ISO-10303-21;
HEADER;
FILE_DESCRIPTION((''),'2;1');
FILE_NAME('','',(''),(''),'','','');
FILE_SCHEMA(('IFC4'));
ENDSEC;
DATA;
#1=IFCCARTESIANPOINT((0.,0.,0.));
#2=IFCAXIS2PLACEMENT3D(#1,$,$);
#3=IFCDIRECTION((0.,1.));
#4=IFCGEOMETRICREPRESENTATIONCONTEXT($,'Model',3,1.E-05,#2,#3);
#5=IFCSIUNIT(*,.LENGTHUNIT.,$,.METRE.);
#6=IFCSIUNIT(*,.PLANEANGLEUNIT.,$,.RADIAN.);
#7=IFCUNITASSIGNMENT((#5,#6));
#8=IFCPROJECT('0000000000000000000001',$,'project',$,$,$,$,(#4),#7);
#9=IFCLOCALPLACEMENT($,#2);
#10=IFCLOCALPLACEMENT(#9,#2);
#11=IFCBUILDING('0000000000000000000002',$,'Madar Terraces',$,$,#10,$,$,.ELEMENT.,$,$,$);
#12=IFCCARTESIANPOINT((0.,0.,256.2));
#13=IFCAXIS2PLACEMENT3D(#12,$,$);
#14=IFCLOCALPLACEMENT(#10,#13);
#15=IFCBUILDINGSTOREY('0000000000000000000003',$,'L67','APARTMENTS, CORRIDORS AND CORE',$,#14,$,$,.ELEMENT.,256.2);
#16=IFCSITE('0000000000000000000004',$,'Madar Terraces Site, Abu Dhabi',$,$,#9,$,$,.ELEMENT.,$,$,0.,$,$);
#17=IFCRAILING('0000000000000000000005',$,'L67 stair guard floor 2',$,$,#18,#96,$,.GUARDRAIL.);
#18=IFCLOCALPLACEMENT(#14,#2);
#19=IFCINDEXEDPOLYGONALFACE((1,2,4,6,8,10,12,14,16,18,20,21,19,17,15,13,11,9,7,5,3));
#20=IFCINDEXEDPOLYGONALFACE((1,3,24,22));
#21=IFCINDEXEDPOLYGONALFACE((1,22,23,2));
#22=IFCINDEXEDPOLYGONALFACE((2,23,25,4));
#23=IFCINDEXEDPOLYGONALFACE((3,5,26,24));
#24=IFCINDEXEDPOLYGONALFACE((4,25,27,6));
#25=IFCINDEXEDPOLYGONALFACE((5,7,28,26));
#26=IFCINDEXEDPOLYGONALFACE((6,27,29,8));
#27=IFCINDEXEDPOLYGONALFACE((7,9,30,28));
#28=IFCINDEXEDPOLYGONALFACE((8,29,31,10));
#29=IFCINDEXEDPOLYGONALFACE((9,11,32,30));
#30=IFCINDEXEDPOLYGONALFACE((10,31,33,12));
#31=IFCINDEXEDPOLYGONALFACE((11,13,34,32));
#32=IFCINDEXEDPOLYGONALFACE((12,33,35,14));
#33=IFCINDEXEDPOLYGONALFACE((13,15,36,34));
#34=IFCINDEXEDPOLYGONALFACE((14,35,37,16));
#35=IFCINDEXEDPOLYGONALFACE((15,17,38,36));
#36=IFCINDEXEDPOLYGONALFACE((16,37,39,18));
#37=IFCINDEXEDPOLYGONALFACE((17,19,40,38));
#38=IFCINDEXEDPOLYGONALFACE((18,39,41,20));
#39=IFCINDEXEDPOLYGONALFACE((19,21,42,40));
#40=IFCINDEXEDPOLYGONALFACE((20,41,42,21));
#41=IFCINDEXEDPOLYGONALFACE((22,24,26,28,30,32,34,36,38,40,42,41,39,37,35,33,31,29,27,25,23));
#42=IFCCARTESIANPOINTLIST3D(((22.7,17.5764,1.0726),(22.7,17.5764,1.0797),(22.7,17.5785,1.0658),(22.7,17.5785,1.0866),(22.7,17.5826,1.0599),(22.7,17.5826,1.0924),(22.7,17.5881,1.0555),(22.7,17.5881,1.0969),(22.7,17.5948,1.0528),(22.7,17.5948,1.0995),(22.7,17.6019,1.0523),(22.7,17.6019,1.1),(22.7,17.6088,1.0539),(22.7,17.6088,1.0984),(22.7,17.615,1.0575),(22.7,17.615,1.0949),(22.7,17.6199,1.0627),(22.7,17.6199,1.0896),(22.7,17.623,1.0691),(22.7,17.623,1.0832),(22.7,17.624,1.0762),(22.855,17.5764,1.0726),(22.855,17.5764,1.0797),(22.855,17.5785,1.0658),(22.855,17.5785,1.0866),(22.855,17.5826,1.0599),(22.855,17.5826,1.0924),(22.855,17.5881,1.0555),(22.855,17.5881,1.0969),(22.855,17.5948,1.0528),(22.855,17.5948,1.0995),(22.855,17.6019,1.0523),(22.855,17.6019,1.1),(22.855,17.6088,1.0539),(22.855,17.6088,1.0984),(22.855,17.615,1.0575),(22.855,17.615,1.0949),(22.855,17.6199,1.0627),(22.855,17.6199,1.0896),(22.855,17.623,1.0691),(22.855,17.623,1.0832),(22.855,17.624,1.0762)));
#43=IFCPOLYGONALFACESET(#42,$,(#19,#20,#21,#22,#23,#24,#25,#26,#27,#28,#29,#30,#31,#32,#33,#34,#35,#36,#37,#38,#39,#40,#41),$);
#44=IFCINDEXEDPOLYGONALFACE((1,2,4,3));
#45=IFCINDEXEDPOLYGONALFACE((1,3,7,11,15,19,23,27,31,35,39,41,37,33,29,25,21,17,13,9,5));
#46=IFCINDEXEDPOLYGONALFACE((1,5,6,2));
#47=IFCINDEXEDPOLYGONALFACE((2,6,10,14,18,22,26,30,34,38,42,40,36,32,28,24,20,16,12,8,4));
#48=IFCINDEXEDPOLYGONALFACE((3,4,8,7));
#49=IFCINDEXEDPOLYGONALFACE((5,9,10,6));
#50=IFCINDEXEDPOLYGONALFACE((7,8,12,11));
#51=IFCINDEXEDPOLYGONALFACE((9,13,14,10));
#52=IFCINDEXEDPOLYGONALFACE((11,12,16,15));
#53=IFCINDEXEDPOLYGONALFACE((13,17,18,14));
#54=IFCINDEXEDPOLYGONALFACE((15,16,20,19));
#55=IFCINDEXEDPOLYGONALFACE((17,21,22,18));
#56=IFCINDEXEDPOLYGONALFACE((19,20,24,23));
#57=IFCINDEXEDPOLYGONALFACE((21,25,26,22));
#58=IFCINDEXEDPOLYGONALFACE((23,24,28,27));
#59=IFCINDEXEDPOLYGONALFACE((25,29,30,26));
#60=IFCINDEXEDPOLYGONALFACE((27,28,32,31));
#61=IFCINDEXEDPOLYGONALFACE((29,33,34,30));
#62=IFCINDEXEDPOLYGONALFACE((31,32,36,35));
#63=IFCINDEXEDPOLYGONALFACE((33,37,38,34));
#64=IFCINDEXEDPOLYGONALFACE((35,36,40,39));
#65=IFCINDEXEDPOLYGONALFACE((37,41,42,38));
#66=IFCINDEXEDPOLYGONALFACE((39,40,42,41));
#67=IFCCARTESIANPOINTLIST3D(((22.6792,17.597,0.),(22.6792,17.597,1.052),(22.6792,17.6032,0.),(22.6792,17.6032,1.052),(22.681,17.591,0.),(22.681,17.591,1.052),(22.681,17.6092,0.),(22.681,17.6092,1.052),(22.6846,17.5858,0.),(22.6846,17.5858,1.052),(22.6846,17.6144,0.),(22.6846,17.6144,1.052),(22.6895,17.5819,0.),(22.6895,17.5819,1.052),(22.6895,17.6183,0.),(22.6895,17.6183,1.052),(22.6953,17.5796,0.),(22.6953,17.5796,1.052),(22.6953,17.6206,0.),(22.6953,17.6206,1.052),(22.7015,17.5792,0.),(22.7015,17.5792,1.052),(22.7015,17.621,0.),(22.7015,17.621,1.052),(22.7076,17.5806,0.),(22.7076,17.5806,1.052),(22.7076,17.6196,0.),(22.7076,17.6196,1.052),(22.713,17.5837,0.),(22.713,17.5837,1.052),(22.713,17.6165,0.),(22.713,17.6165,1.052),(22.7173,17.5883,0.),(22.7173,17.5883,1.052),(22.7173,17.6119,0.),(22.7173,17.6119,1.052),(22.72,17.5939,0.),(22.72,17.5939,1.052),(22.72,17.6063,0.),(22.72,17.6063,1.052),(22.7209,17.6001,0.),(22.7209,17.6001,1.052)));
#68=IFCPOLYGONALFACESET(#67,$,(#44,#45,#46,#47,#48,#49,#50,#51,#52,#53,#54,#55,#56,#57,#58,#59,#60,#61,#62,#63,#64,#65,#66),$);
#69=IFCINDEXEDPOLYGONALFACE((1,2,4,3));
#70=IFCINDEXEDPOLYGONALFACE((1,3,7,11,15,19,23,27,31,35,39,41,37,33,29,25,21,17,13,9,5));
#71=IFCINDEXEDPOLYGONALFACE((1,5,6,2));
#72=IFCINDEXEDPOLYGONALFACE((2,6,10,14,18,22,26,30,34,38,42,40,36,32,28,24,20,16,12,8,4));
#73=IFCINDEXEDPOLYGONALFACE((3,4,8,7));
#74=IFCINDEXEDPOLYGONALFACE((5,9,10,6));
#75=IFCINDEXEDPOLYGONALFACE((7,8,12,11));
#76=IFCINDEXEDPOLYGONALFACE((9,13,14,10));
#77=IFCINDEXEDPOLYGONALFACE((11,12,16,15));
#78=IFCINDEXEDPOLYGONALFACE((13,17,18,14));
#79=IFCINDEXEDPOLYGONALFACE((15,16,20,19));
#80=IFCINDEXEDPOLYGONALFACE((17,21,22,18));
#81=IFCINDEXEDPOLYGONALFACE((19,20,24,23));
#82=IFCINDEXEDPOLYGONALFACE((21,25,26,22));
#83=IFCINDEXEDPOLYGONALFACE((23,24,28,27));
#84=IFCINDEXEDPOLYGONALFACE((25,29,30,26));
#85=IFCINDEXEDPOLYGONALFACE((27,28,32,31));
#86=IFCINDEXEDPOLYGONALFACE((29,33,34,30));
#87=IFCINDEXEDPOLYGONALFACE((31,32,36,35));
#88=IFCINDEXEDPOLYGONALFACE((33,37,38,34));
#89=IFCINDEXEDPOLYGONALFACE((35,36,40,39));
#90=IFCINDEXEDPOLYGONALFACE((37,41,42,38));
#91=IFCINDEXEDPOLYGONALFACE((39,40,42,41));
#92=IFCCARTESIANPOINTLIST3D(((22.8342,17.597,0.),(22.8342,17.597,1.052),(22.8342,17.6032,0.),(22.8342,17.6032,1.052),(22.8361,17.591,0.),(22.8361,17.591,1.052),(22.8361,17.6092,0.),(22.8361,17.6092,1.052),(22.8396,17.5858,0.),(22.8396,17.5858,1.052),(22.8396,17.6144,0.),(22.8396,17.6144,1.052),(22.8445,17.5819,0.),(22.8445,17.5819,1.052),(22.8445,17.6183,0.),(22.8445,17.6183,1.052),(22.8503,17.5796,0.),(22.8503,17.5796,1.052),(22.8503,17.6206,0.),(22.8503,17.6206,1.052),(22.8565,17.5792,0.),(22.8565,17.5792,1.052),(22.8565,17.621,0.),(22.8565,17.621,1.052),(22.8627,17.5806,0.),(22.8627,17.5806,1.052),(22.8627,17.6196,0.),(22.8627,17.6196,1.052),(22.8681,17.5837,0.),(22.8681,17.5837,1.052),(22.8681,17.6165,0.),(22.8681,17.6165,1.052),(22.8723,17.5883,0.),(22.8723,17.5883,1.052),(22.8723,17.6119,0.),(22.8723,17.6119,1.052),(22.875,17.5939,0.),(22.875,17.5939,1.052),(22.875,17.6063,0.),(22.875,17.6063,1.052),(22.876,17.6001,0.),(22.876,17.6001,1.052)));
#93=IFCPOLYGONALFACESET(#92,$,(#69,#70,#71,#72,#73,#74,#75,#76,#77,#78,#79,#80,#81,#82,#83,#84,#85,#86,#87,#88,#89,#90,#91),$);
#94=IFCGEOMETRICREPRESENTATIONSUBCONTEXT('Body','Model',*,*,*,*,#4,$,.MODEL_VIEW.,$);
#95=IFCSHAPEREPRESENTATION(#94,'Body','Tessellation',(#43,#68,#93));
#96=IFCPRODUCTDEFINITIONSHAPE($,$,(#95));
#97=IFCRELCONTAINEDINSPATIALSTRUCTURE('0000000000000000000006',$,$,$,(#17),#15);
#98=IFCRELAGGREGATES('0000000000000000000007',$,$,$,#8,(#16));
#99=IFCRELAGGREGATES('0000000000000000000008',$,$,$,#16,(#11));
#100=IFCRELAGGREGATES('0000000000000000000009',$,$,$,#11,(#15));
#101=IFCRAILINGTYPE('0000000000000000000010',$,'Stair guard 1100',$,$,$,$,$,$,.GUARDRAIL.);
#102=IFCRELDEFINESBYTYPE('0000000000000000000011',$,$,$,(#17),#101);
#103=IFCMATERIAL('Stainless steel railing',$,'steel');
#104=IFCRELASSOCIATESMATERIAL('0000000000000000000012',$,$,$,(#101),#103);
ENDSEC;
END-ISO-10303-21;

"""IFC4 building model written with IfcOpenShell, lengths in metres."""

from ifc_helpers import new_model, si_unit, direction, frame, origin, origin_2d, place, context, subcontext, project, spatial, circle, extrude, material, type_object, element, save


model = new_model("IFC4")

# Units and contexts
model_context = context("Model", 3, precision=1e-05, world=origin(), true_north=direction((0.0, 1.0)))
body_context = subcontext(model_context, "Body", "Model", "MODEL_VIEW")
ifc_project = project(units=[si_unit("LENGTHUNIT", "METRE"), si_unit("PLANEANGLEUNIT", "RADIAN")], contexts=[model_context])

# Site, building, storey
site_placement = place(None, origin())
site = spatial("IfcSite", under=ifc_project, at=site_placement, Name="Madar Terraces Site, Abu Dhabi", CompositionType="ELEMENT", RefElevation=0.0)
building_placement = place(site_placement, origin())
building = spatial("IfcBuilding", under=site, at=building_placement, Name="Madar Terraces", CompositionType="ELEMENT")
storey_placement = place(building_placement, frame((0.0, 0.0, 256.2)))
storey = spatial("IfcBuildingStorey", under=building, at=storey_placement, Name="L67", Description="APARTMENTS, CORRIDORS AND CORE", CompositionType="ELEMENT", Elevation=256.2)

# Railing
ifc_material_1 = material(Name="Stainless steel railing", Category="steel")
railing_type_1 = type_object("IfcRailingType", Name="Stair guard 1100", PredefinedType="GUARDRAIL", material=ifc_material_1)
for number, where, name in (
    (1, (22.7, 17.6001, 0.0), "L67 stair guard floor 2"),
):
    element("IfcRailing", number, at=place(storey_placement, frame(where)), inside=storey, type_object=railing_type_1, Name=name, PredefinedType="GUARDRAIL", context=body_context, shape_type="SweptSolid", body=[
        extrude(circle(Radius=0.0239, at=origin_2d()), frame((0.0, 0.0, 1.0762), z_axis=(1.0, 0.0, 0.0), x_axis=(0.0, 1.0, 0.0)), (0.0, 0.0, 1.0), 0.155),
        extrude(circle(Radius=0.021, at=origin_2d()), origin(), (0.0, 0.0, 1.0), 1.052),
        extrude(circle(Radius=0.021, at=origin_2d()), frame((0.155, 0.0, 0.0)), (0.0, 0.0, 1.0), 1.052),
    ])

save(model, "model.ifc")
